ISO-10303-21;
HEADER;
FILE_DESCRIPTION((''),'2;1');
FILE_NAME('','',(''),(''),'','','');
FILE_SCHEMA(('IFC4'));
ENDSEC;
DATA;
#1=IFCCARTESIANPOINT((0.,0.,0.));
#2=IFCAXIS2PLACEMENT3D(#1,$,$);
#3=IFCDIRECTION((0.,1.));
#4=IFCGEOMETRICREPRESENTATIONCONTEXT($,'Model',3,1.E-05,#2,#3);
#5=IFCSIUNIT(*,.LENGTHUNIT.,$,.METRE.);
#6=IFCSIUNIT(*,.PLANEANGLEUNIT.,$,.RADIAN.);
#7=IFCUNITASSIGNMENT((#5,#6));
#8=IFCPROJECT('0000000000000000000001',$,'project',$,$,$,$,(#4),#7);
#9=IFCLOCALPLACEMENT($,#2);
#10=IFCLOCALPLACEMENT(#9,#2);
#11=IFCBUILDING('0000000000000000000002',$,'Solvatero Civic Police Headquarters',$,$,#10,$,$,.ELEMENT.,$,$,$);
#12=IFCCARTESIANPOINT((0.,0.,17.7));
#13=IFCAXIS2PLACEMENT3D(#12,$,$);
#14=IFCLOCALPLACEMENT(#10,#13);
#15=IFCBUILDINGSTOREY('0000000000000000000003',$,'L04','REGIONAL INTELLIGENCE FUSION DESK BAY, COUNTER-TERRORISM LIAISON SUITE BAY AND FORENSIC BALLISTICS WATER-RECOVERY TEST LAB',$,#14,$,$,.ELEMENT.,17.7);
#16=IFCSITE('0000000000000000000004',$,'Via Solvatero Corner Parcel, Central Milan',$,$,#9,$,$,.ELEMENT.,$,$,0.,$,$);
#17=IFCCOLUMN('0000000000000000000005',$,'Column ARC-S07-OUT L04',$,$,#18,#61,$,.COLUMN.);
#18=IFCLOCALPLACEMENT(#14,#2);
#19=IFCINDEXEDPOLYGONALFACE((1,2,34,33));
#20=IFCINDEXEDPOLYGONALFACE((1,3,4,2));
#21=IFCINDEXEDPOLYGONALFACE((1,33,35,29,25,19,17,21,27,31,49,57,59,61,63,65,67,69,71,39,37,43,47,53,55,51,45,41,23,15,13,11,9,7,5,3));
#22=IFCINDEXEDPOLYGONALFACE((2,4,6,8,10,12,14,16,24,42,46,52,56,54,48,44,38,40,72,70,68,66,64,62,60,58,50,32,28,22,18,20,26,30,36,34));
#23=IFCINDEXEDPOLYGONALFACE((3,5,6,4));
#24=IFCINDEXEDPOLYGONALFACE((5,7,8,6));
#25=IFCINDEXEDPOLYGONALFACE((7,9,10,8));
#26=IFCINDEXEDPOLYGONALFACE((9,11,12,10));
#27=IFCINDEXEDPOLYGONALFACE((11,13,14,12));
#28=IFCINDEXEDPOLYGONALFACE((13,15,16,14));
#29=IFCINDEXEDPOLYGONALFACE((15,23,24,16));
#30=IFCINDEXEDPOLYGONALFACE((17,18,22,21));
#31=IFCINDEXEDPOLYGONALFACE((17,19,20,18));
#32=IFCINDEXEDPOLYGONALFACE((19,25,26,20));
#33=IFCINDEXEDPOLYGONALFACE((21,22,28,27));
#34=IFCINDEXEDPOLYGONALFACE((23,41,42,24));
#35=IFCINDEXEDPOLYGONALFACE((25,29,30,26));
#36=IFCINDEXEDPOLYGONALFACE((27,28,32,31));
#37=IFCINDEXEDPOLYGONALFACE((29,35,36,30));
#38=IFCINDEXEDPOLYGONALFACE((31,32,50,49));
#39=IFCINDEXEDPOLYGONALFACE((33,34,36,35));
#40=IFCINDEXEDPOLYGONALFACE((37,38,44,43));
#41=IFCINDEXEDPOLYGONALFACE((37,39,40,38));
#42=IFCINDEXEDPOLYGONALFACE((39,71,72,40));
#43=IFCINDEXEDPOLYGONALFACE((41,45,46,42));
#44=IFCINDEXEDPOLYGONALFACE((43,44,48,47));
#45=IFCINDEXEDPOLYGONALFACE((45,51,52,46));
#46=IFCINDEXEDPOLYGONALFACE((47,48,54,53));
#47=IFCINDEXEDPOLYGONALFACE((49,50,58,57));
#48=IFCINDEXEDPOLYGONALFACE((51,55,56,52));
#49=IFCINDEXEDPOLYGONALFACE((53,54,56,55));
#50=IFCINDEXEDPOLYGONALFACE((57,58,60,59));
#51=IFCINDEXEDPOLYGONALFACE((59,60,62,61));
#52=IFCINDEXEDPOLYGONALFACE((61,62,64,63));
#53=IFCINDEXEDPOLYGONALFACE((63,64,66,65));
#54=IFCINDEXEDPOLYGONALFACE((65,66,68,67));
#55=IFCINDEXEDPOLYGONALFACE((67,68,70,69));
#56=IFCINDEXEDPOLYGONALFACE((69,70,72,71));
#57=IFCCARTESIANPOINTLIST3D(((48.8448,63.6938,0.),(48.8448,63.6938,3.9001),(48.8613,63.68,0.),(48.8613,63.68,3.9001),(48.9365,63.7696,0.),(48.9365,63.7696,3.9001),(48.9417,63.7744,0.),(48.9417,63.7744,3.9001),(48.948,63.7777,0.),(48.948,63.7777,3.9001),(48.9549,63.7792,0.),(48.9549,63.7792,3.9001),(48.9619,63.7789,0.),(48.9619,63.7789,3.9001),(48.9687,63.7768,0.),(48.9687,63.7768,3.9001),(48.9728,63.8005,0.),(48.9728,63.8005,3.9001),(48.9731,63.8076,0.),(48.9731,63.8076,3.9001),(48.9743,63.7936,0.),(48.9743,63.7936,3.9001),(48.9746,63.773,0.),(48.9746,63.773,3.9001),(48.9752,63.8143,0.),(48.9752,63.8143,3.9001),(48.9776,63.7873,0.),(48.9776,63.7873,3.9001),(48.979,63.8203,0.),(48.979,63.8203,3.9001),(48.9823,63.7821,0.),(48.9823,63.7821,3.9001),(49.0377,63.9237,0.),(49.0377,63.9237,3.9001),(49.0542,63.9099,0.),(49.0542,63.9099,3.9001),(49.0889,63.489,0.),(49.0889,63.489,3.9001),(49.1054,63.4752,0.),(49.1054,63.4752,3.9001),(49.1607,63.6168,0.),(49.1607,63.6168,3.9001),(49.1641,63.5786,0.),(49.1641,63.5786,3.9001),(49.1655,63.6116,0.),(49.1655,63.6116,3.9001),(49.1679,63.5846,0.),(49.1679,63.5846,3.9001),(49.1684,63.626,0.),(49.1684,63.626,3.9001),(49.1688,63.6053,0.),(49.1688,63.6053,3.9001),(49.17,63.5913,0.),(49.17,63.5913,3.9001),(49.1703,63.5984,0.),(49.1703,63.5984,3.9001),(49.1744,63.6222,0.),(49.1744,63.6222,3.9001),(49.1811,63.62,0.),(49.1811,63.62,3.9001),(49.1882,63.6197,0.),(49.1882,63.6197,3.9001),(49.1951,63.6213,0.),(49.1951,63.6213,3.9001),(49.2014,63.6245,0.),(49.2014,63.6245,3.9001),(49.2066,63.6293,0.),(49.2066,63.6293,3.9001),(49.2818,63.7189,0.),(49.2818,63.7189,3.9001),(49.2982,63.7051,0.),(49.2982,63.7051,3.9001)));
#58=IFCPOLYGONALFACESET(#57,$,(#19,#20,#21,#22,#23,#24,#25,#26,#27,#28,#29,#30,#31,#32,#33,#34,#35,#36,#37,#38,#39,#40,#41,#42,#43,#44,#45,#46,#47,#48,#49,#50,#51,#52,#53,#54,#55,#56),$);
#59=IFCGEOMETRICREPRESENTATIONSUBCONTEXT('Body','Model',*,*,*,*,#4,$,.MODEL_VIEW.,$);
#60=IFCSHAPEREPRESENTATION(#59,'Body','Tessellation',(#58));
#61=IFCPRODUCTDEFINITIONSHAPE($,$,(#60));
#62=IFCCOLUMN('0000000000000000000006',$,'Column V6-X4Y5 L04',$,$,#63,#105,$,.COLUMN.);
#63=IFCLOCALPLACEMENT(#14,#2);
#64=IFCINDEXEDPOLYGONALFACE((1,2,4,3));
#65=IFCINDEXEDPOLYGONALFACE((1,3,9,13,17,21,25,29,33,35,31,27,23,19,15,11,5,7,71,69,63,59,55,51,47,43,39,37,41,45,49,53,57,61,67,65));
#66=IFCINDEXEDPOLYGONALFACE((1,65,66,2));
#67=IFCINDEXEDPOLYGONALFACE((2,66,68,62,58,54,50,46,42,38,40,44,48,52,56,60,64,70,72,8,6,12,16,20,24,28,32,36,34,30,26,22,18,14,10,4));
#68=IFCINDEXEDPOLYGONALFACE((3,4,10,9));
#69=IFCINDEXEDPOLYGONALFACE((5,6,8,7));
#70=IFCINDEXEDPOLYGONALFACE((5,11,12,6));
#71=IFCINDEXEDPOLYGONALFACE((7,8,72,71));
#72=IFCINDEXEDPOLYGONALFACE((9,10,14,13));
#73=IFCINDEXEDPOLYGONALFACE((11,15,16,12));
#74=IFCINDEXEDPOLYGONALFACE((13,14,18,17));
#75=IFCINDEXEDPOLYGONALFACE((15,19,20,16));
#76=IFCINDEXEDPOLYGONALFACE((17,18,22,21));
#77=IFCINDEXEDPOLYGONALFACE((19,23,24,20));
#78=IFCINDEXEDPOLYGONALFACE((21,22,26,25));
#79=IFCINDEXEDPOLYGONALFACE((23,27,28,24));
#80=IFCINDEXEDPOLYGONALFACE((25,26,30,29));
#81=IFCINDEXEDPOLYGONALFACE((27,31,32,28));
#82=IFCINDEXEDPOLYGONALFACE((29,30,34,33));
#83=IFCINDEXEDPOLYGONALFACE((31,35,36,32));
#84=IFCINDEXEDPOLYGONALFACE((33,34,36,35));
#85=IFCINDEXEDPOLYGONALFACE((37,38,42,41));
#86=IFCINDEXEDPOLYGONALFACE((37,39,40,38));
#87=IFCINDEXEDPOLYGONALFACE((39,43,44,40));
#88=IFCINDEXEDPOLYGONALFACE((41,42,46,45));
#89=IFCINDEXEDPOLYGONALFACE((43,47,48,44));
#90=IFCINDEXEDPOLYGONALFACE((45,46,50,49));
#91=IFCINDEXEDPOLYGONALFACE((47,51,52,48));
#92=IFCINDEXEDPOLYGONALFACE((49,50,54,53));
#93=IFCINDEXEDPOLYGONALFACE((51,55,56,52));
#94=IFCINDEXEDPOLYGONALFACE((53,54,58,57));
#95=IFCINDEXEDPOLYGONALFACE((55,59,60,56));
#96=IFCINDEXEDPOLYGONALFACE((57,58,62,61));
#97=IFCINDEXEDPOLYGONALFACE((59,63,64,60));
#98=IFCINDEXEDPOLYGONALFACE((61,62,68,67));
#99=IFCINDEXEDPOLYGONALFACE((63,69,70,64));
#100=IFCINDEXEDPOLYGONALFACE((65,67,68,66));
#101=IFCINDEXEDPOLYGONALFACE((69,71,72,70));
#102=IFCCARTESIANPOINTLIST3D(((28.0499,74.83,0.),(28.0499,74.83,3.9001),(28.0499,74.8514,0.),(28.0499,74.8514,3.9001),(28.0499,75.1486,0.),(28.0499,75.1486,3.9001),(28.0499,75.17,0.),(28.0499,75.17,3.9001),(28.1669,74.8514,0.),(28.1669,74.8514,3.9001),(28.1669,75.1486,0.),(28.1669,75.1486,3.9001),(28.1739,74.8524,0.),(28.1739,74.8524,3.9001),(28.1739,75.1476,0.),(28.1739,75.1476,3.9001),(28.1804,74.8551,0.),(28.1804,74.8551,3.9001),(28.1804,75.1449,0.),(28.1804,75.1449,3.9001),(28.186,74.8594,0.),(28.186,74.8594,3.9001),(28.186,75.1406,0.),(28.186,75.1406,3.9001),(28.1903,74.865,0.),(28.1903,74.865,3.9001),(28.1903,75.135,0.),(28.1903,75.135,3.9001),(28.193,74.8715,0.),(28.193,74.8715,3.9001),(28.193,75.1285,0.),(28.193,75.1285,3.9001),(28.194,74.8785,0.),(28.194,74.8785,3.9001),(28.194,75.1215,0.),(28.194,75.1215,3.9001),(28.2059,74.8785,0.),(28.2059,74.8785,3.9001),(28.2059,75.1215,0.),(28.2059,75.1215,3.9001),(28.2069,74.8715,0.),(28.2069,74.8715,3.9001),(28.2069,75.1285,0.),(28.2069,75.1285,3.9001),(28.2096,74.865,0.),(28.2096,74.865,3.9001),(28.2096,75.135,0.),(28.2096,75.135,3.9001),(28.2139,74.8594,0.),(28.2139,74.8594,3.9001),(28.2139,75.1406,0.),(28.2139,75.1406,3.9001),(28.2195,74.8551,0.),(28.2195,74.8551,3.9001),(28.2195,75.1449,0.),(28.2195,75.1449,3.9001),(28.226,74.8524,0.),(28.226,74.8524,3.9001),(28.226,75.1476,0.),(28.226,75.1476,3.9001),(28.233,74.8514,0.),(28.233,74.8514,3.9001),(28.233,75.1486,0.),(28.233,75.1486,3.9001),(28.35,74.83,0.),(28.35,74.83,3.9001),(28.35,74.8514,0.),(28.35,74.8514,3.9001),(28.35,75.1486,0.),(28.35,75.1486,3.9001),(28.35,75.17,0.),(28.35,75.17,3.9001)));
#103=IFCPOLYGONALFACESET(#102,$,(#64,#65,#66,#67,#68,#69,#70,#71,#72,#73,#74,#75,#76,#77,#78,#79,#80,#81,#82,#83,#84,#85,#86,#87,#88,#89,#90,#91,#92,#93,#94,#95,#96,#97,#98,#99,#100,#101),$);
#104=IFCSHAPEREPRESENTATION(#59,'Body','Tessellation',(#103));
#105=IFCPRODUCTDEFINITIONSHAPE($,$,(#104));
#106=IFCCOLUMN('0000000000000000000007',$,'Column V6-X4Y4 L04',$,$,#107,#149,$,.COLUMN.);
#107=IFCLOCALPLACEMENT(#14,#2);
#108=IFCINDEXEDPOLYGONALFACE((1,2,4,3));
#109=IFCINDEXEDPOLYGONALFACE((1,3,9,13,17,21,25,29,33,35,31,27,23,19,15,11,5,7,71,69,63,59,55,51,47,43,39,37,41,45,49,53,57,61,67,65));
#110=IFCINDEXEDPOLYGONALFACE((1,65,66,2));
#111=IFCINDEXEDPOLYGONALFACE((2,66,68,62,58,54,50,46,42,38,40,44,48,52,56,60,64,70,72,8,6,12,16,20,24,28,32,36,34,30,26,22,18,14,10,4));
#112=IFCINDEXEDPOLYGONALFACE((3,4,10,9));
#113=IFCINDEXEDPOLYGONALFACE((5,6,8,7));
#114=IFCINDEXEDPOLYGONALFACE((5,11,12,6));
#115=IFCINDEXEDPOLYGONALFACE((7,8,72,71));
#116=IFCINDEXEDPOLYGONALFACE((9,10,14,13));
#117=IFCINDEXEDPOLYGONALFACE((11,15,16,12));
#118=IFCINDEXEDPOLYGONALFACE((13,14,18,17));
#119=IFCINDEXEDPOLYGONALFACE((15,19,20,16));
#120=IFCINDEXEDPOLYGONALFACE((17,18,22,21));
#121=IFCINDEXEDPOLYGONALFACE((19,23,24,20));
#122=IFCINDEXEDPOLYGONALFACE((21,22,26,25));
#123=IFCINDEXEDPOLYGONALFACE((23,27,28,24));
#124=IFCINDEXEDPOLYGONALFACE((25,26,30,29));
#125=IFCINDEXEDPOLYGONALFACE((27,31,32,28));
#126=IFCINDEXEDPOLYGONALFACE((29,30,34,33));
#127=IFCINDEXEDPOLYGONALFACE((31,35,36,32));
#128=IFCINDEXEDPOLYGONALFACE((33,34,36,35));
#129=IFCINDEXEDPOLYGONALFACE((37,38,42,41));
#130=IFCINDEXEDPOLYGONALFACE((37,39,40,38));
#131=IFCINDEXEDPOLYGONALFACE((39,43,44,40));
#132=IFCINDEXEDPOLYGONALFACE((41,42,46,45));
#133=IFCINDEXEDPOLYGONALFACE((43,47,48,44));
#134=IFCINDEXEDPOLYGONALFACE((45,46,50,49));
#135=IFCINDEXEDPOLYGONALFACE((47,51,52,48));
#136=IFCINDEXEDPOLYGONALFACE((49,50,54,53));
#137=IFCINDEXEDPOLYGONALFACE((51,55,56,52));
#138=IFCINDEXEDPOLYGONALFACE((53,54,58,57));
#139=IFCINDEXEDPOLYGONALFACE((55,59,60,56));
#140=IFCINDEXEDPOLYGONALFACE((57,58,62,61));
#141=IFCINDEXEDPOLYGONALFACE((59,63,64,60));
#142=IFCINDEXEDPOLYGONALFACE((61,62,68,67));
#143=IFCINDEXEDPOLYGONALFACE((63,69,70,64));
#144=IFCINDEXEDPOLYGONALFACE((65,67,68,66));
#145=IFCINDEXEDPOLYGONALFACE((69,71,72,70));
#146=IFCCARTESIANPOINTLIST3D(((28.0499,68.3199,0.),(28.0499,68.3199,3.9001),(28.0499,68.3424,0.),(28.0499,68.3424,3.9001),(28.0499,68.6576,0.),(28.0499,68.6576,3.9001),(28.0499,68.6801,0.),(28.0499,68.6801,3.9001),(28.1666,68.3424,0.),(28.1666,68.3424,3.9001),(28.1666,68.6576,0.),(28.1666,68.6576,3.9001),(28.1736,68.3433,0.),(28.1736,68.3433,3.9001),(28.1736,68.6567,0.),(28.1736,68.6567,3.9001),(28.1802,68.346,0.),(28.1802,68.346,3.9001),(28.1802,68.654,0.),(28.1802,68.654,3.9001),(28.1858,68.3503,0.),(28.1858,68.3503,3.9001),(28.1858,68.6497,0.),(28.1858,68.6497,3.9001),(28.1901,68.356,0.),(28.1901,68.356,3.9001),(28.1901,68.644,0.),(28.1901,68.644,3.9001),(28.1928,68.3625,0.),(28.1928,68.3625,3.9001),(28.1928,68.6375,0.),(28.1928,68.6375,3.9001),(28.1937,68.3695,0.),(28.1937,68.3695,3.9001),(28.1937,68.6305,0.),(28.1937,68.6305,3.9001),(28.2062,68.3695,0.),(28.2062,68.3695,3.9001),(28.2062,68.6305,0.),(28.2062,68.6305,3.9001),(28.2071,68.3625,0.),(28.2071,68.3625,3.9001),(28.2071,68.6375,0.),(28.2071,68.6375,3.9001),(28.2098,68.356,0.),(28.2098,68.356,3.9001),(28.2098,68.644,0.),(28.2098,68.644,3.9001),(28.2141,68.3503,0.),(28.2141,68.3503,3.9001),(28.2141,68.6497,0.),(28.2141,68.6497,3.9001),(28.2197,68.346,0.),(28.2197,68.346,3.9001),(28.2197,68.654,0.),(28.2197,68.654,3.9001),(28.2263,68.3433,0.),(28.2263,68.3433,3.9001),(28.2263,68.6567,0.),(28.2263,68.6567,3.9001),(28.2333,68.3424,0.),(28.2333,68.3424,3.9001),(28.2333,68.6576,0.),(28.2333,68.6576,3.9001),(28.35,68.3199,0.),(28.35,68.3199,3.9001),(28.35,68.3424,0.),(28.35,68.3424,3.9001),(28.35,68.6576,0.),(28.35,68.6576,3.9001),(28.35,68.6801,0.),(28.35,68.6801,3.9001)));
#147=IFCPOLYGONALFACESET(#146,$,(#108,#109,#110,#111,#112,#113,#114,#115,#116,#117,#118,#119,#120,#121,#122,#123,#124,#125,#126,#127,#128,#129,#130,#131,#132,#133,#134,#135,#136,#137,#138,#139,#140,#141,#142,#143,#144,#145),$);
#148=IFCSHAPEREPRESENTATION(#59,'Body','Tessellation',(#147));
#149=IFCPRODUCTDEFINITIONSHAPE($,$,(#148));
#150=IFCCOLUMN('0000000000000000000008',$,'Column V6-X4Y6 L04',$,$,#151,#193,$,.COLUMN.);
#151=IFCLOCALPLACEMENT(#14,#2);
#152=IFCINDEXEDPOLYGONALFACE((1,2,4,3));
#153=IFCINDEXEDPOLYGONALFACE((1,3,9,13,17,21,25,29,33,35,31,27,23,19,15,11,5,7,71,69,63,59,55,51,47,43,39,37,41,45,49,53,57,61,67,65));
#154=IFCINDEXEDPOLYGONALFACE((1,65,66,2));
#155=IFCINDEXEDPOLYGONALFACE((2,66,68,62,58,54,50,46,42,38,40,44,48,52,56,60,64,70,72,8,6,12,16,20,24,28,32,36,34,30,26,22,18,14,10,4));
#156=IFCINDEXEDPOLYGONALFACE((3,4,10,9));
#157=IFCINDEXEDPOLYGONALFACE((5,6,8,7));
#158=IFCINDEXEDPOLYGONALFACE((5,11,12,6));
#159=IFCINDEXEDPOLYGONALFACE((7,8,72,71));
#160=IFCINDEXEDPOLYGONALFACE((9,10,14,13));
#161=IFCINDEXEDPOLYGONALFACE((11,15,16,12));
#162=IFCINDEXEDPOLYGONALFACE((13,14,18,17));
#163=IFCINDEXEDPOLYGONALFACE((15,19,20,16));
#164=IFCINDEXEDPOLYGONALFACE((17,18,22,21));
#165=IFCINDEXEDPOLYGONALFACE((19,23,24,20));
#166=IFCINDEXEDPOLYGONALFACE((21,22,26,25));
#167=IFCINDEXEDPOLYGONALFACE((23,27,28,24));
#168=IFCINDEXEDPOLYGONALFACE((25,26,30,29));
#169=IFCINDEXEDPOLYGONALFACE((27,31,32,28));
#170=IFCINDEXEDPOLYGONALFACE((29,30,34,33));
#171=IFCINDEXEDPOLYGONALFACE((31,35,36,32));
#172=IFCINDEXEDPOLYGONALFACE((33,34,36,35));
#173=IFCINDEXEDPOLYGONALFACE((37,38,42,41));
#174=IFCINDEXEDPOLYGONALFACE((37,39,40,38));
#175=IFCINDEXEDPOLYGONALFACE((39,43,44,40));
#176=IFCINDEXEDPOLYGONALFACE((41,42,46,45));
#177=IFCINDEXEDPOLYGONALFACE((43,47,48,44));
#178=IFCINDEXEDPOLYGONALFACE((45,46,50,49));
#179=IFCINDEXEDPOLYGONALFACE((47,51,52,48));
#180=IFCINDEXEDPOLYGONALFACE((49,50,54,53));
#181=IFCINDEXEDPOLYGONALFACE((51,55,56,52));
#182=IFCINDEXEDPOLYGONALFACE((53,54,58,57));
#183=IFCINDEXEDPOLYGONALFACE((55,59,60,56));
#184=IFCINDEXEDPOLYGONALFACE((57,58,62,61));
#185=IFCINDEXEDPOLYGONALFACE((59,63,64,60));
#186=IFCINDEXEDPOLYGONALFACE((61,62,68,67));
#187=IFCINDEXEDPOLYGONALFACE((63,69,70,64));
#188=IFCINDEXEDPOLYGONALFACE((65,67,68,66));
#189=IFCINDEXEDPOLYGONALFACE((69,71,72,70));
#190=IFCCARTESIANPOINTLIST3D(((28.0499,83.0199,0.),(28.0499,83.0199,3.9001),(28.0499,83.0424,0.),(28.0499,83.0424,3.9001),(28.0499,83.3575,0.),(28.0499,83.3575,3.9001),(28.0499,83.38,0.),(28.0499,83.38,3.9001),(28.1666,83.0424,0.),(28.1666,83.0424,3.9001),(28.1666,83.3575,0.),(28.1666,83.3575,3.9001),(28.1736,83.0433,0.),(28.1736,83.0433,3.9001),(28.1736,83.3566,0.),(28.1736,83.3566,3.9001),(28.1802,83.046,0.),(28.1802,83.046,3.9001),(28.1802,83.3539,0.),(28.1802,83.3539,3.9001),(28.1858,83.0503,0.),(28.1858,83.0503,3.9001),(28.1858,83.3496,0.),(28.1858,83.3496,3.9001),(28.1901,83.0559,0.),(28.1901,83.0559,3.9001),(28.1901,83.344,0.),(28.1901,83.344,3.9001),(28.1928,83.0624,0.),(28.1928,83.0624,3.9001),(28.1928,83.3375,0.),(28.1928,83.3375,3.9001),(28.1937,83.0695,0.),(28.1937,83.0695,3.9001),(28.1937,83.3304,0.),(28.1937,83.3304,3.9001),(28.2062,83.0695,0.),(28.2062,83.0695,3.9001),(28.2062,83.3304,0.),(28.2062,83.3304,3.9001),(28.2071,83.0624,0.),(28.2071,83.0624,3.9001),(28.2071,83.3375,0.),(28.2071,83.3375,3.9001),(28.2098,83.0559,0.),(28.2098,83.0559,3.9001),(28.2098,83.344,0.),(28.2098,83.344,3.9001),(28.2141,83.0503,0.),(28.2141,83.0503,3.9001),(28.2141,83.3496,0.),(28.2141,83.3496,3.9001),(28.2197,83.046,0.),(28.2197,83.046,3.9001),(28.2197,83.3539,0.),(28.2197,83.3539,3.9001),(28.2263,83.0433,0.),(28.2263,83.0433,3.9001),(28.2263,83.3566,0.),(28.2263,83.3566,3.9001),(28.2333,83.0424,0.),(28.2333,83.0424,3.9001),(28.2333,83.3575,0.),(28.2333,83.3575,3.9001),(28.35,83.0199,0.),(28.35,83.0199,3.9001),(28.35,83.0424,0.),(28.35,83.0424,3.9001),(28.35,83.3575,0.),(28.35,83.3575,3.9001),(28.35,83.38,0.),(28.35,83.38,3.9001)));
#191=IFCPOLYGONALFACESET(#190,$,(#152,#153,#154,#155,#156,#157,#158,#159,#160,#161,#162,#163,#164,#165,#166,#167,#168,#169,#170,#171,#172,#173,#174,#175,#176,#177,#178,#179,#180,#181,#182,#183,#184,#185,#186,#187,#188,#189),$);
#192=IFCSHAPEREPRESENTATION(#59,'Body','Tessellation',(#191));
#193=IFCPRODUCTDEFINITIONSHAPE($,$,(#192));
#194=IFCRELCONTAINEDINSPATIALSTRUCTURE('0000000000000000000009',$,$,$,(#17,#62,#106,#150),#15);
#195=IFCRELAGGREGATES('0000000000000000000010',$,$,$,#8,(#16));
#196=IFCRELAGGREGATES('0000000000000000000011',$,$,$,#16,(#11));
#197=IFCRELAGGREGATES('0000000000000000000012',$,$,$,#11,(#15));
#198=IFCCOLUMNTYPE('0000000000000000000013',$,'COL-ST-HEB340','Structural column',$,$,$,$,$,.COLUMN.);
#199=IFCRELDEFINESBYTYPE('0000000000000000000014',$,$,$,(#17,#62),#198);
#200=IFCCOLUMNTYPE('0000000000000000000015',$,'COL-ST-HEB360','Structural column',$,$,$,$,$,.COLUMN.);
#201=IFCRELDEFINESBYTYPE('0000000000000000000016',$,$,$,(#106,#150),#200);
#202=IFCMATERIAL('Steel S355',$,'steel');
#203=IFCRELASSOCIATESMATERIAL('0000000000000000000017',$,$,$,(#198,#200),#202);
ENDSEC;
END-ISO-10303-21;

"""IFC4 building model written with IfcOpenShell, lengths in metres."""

from ifc_helpers import new_model, si_unit, direction, frame, origin, origin_2d, place, context, subcontext, project, spatial, i_section, extrude, material, material_profile, profile_set, type_object, element, save


model = new_model("IFC4")

# Units and contexts
model_context = context("Model", 3, precision=1e-05, world=origin(), true_north=direction((0.0, 1.0)))
body_context = subcontext(model_context, "Body", "Model", "MODEL_VIEW")
ifc_project = project(units=[si_unit("LENGTHUNIT", "METRE"), si_unit("PLANEANGLEUNIT", "RADIAN")], contexts=[model_context])

# Site, building, storey
site_placement = place(None, origin())
site = spatial("IfcSite", under=ifc_project, at=site_placement, Name="Via Solvatero Corner Parcel, Central Milan", CompositionType="ELEMENT", RefElevation=0.0)
building_placement = place(site_placement, origin())
building = spatial("IfcBuilding", under=site, at=building_placement, Name="Solvatero Civic Police Headquarters", CompositionType="ELEMENT")
storey_placement = place(building_placement, frame((0.0, 0.0, 17.7)))
storey = spatial("IfcBuildingStorey", under=building, at=storey_placement, Name="L04", Description="REGIONAL INTELLIGENCE FUSION DESK BAY, COUNTER-TERRORISM LIAISON SUITE BAY AND FORENSIC BALLISTICS WATER-RECOVERY TEST LAB", CompositionType="ELEMENT", Elevation=17.7)

# Columns
ifc_material_1 = material(Name="Steel S355", Category="steel")
ifc_material_profile_1 = material_profile(ifc_material_1, i_section(OverallWidth=0.3, OverallDepth=0.3401, WebThickness=0.012, FlangeThickness=0.0215, FilletRadius=0.0271, at=origin_2d()), Name="HEB 340")
ifc_profile_set_1 = profile_set([ifc_material_profile_1], Name="Steel S355")
column_type_1 = type_object("IfcColumnType", Name="COL-ST-HEB340", Description="Structural column", PredefinedType="COLUMN", material=ifc_profile_set_1)
for number, where, z_axis, x_axis, name in (
    (1, (49.0715, 63.6995, 0.0), (0.0, 0.0, 1.0), (0.642788, 0.766044, 0.0), "Column ARC-S07-OUT L04"),
    (2, (28.2, 75.0, 0.0), (0.0, 0.0, 1.0), (1.0, 0.0, 0.0), "Column V6-X4Y5 L04"),
):
    element("IfcColumn", number, at=place(storey_placement, frame(where, z_axis=z_axis, x_axis=x_axis)), inside=storey, type_object=column_type_1, Name=name, PredefinedType="COLUMN", context=body_context, shape_type="SweptSolid", body=[
        extrude(i_section(OverallWidth=0.3, OverallDepth=0.3401, WebThickness=0.012, FlangeThickness=0.0215, FilletRadius=0.0271, at=origin_2d()), origin(), (0.0, 0.0, 1.0), 3.9001),
    ])
ifc_material_profile_2 = material_profile(ifc_material_1, i_section(OverallWidth=0.3, OverallDepth=0.3601, WebThickness=0.0125, FlangeThickness=0.0225, FilletRadius=0.0271, at=origin_2d()), Name="HEB 360")
ifc_profile_set_2 = profile_set([ifc_material_profile_2], Name="Steel S355")
column_type_2 = type_object("IfcColumnType", Name="COL-ST-HEB360", Description="Structural column", PredefinedType="COLUMN", material=ifc_profile_set_2)
for number, where, z_axis, x_axis, name in (
    (3, (28.2, 68.5, 0.0), (0.0, 0.0, 1.0), (1.0, 0.0, 0.0), "Column V6-X4Y4 L04"),
    (4, (28.2, 83.2, 0.0), (0.0, 0.0, 1.0), (1.0, 0.0, 0.0), "Column V6-X4Y6 L04"),
):
    element("IfcColumn", number, at=place(storey_placement, frame(where, z_axis=z_axis, x_axis=x_axis)), inside=storey, type_object=column_type_2, Name=name, PredefinedType="COLUMN", context=body_context, shape_type="SweptSolid", body=[
        extrude(i_section(OverallWidth=0.3, OverallDepth=0.3601, WebThickness=0.0125, FlangeThickness=0.0225, FilletRadius=0.0271, at=origin_2d()), origin(), (0.0, 0.0, 1.0), 3.9001),
    ])

save(model, "model.ifc")
